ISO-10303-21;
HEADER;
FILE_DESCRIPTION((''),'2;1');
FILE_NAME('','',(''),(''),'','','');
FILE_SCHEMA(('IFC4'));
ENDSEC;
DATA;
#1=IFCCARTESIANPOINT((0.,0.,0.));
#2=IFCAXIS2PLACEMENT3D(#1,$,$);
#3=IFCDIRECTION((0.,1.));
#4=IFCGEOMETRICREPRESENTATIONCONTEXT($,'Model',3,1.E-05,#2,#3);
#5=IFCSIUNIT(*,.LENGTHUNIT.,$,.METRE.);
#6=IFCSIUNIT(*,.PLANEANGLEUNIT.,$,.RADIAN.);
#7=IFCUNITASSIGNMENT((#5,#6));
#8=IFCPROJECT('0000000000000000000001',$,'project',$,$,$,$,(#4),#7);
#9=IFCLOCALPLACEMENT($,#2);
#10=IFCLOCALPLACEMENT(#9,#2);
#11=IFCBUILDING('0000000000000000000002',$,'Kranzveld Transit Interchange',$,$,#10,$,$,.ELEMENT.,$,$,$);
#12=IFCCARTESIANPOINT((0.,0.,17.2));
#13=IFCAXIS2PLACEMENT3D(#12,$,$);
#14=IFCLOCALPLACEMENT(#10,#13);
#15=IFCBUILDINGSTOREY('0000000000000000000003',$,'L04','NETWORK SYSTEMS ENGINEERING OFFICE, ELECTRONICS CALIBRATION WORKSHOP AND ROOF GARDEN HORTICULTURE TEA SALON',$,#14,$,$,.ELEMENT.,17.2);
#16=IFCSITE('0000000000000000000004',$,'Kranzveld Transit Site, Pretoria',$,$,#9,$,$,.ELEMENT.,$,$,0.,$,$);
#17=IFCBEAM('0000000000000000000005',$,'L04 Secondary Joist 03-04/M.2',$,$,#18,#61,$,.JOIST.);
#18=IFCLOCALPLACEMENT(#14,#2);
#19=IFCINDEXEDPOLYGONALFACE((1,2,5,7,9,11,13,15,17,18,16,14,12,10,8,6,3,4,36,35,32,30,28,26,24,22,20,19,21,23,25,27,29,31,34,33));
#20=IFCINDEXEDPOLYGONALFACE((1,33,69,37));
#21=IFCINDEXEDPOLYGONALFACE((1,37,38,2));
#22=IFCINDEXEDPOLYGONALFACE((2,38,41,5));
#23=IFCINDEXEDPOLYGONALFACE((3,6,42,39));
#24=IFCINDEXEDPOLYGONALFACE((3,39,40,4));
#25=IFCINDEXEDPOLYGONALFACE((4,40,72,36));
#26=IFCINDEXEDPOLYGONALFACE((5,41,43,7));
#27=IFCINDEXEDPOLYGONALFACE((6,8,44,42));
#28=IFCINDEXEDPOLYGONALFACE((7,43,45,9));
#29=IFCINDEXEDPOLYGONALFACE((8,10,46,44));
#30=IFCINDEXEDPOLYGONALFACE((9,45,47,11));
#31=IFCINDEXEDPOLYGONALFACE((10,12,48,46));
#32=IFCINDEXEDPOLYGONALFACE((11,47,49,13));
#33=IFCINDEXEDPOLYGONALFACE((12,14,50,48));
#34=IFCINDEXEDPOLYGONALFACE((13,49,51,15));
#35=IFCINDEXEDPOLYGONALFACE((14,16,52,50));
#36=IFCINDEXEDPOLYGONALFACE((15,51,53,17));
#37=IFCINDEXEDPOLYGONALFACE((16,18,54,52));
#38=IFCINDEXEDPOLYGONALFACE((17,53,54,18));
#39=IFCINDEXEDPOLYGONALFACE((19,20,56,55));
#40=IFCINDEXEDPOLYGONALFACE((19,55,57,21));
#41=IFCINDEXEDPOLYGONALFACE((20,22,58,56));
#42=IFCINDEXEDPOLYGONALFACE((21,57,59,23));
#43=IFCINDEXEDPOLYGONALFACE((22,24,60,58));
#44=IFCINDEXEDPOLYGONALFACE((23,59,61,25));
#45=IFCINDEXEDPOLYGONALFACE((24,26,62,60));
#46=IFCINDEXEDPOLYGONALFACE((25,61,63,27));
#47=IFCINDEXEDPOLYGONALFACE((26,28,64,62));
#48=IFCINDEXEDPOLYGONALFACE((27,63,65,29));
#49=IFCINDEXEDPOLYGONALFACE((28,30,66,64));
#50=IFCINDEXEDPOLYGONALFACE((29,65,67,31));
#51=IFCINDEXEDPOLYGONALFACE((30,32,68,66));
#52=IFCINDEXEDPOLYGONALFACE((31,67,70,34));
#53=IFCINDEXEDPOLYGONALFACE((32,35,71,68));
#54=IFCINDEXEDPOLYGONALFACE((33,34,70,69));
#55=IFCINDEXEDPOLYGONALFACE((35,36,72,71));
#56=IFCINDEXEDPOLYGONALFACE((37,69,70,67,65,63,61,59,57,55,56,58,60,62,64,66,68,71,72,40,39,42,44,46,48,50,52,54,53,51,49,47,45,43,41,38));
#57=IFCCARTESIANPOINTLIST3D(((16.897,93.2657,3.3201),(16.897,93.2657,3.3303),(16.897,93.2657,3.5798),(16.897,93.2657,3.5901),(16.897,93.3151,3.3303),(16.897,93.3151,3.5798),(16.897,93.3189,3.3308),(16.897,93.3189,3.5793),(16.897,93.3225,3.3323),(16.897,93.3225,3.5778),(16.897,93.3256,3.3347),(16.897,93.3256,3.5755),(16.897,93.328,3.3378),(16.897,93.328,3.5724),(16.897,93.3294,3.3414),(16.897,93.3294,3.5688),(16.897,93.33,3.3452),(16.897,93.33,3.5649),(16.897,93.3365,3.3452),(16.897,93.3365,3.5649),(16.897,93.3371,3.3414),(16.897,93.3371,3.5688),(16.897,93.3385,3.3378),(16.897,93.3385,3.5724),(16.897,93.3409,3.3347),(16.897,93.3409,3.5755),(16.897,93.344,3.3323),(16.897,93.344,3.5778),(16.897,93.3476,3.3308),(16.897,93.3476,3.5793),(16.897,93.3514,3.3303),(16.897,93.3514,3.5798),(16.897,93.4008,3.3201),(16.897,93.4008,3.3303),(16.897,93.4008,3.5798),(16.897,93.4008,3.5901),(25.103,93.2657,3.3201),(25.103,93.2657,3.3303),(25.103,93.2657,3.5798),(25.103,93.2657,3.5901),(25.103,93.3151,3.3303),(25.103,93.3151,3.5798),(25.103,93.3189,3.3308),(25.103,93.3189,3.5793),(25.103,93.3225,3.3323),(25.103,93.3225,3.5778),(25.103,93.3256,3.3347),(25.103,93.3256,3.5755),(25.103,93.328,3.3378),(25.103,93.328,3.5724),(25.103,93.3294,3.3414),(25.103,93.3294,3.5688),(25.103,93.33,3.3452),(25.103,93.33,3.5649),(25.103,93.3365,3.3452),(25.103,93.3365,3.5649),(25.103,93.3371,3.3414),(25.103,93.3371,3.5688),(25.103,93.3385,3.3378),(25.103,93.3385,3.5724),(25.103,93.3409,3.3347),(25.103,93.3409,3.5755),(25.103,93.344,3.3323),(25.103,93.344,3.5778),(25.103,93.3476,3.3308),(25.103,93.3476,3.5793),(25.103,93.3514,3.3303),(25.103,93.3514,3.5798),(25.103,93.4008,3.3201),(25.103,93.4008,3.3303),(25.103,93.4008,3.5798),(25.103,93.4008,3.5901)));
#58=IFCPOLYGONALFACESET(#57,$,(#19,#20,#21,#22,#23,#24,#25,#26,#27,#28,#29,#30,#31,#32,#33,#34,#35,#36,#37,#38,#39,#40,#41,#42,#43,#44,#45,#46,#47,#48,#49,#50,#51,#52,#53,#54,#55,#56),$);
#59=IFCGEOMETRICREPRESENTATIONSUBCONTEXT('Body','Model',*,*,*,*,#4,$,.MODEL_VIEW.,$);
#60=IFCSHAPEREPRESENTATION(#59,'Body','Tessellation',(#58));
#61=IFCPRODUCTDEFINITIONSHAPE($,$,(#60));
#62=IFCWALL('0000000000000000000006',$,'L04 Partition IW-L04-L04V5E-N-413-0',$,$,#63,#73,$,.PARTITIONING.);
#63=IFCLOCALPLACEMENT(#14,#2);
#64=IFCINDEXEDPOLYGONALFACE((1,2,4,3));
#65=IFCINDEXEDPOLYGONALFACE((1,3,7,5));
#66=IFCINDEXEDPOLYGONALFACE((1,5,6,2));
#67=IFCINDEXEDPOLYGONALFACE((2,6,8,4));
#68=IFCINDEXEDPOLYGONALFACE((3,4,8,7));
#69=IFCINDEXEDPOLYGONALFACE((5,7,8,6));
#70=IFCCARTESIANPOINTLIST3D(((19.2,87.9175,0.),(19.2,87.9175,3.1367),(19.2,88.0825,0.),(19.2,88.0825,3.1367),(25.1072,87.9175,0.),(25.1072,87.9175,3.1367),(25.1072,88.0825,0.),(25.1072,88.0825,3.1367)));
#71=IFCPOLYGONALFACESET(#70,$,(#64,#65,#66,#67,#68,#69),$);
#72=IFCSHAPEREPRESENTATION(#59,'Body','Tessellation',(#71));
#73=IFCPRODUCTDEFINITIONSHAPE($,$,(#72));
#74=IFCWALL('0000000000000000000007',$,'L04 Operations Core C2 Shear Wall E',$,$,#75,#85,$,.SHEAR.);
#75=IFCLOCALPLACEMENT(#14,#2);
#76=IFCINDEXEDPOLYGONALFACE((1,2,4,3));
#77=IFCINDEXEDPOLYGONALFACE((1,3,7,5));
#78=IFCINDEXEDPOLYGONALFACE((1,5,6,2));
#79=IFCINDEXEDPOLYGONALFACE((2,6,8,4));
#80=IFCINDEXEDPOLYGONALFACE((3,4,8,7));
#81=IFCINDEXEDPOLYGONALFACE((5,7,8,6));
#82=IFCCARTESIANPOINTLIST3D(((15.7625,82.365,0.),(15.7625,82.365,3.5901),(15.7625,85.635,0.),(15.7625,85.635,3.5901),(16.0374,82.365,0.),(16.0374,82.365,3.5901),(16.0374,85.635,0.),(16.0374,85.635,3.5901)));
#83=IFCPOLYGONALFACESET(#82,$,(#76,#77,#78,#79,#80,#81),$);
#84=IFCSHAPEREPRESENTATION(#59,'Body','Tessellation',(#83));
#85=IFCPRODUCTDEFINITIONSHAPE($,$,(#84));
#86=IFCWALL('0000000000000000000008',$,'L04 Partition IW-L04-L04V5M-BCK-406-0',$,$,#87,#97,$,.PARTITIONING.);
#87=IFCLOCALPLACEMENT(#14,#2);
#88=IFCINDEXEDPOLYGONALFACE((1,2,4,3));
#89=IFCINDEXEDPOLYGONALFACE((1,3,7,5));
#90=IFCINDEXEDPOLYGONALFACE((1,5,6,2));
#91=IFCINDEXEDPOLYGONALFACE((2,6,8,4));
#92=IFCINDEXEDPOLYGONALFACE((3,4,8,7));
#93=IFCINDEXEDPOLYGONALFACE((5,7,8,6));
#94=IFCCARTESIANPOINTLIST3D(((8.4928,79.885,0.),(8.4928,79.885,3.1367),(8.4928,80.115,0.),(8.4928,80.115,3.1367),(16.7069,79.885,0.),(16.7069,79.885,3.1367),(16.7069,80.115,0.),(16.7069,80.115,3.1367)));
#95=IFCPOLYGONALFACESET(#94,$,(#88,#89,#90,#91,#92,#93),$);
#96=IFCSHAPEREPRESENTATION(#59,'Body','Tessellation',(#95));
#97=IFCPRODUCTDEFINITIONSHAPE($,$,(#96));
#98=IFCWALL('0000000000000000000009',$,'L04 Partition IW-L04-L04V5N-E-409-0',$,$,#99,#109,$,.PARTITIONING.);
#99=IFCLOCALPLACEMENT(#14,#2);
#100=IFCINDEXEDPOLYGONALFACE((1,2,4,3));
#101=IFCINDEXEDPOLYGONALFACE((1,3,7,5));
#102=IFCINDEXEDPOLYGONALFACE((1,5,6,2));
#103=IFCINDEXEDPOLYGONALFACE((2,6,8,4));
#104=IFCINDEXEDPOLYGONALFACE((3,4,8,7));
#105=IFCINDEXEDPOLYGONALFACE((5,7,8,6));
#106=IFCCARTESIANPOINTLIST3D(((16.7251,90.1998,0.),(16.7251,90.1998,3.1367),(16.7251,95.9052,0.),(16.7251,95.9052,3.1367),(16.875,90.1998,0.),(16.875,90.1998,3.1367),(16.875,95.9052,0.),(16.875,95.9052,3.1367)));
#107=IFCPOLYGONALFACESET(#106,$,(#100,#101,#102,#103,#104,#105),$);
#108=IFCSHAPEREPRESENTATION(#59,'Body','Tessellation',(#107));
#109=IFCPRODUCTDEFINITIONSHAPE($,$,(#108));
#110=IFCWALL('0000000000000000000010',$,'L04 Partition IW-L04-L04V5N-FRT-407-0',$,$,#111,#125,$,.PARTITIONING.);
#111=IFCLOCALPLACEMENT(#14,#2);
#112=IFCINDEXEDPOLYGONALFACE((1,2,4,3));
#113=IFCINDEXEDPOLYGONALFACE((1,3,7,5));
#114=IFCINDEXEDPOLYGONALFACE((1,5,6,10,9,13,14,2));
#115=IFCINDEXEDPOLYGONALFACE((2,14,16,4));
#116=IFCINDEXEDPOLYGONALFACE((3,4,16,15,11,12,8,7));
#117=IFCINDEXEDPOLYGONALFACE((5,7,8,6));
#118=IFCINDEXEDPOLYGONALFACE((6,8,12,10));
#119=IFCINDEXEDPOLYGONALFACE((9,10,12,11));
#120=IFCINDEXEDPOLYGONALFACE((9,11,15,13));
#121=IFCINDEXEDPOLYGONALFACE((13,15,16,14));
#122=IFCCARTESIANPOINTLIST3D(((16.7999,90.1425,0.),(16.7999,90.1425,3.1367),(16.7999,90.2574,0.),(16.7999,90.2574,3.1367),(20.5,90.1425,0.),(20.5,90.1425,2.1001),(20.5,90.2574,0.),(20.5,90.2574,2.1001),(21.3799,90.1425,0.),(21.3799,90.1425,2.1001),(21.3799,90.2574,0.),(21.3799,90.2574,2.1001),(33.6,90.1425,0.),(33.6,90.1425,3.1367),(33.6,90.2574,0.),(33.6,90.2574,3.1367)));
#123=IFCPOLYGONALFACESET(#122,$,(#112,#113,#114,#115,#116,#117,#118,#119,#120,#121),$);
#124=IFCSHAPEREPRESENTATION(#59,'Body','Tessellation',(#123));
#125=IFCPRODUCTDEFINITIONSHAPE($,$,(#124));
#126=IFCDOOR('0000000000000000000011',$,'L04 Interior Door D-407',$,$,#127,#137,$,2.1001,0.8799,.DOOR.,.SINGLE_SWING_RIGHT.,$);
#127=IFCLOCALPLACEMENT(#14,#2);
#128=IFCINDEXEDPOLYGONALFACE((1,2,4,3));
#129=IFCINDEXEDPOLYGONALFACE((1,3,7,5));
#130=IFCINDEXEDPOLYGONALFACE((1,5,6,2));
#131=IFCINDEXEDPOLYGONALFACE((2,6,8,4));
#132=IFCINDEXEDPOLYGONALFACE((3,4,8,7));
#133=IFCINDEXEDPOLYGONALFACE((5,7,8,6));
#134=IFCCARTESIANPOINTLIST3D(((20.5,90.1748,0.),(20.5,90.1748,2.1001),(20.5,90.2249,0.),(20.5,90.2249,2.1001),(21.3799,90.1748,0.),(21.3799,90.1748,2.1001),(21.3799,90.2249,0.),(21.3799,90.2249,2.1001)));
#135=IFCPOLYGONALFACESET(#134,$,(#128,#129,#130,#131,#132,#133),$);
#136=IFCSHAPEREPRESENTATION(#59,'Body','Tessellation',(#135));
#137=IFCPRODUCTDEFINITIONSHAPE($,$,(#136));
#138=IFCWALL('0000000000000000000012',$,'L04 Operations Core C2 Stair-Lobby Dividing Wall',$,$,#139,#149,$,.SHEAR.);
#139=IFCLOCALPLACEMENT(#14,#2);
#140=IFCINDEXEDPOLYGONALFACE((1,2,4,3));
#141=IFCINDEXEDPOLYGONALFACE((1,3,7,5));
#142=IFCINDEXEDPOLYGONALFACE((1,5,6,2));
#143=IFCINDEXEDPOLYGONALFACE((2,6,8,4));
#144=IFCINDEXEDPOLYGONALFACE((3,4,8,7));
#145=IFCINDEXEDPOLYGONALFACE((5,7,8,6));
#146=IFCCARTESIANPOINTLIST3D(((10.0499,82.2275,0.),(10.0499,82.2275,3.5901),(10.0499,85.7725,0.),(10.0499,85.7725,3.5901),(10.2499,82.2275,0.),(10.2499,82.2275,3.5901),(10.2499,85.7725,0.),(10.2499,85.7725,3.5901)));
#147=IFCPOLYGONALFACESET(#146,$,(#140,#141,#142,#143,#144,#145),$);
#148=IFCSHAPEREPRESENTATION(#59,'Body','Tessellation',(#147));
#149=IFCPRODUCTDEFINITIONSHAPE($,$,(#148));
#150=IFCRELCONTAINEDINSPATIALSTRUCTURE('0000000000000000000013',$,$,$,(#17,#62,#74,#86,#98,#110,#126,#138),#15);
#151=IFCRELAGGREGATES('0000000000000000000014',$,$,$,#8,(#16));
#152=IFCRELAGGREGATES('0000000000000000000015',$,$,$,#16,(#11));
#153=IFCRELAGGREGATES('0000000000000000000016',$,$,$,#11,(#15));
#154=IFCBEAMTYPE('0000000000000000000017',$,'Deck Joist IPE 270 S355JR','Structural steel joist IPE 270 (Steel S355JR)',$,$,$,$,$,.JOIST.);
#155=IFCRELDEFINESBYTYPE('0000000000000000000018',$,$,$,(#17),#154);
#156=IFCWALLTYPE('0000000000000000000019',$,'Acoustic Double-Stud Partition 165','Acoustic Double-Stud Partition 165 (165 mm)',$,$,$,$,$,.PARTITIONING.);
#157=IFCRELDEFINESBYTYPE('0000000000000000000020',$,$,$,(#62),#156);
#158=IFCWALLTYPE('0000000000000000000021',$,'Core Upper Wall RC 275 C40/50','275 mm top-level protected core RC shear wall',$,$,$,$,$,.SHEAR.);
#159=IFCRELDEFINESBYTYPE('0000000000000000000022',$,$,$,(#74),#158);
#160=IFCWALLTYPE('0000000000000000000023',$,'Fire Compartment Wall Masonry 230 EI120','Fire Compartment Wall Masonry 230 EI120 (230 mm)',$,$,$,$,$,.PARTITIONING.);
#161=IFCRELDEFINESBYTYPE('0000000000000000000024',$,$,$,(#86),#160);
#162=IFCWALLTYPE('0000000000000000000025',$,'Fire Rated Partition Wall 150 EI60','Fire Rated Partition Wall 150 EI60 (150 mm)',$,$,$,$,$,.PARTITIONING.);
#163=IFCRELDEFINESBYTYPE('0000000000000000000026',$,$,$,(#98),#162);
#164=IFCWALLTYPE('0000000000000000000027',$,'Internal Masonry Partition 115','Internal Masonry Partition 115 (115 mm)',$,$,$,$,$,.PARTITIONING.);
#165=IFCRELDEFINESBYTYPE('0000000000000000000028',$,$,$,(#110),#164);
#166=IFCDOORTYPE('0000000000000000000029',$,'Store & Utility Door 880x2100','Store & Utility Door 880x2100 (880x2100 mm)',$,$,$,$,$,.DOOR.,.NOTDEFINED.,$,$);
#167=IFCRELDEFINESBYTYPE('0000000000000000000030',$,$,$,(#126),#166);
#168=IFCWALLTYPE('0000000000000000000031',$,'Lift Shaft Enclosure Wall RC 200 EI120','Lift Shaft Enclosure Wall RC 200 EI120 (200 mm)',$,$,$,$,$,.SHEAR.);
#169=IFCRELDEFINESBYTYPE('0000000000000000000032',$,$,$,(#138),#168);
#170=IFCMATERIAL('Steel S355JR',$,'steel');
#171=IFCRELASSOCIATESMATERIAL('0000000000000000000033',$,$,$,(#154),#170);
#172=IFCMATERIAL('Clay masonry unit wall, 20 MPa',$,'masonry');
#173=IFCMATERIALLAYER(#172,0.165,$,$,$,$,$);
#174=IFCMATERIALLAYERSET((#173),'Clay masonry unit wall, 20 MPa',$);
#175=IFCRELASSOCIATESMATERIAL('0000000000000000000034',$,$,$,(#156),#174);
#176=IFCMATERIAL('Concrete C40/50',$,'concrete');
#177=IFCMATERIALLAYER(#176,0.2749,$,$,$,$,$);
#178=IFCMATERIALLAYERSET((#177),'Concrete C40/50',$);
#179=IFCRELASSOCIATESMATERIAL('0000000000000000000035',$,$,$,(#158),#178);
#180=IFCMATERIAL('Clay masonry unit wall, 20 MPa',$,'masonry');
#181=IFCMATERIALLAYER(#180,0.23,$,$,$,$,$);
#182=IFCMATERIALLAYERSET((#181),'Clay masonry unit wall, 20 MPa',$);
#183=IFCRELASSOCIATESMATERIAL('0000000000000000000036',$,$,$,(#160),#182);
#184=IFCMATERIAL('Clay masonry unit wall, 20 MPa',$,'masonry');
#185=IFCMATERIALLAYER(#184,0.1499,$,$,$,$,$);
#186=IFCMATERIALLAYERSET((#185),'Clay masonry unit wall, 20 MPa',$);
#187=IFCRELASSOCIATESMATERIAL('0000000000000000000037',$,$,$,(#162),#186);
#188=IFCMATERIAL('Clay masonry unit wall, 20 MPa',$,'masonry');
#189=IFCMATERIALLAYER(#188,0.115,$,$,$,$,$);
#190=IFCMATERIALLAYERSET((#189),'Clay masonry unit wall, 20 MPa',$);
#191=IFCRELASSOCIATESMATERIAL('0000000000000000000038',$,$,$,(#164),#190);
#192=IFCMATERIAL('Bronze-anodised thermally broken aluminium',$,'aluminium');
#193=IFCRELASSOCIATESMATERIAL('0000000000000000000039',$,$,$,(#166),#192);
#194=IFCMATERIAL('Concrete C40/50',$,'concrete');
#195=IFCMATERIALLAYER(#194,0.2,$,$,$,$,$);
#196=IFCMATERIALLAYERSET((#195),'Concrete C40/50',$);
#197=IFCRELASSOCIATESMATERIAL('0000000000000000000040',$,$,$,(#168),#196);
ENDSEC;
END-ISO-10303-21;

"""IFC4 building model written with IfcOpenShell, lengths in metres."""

from ifc_helpers import new_model, si_unit, direction, frame, frame_2d, origin, origin_2d, place, context, subcontext, project, spatial, rectangle, i_section, extrude, material, layer, layer_set, material_profile, profile_set, type_object, element, fill, save


model = new_model("IFC4")

# Units and contexts
model_context = context("Model", 3, precision=1e-05, world=origin(), true_north=direction((0.0, 1.0)))
body_context = subcontext(model_context, "Body", "Model", "MODEL_VIEW")
ifc_project = project(units=[si_unit("LENGTHUNIT", "METRE"), si_unit("PLANEANGLEUNIT", "RADIAN")], contexts=[model_context])

# Site, building, storey
site_placement = place(None, origin())
site = spatial("IfcSite", under=ifc_project, at=site_placement, Name="Kranzveld Transit Site, Pretoria", CompositionType="ELEMENT", RefElevation=0.0)
building_placement = place(site_placement, origin())
building = spatial("IfcBuilding", under=site, at=building_placement, Name="Kranzveld Transit Interchange", CompositionType="ELEMENT")
storey_placement = place(building_placement, frame((0.0, 0.0, 17.2)))
storey = spatial("IfcBuildingStorey", under=building, at=storey_placement, Name="L04", Description="NETWORK SYSTEMS ENGINEERING OFFICE, ELECTRONICS CALIBRATION WORKSHOP AND ROOF GARDEN HORTICULTURE TEA SALON", CompositionType="ELEMENT", Elevation=17.2)

# Beam
ifc_material_1 = material(Name="Steel S355JR", Category="steel")
ifc_material_profile_1 = material_profile(ifc_material_1, i_section(OverallWidth=0.135, OverallDepth=0.27, WebThickness=0.0066, FlangeThickness=0.0103, FilletRadius=0.0149, at=origin_2d()), Name="IPE 270")
ifc_profile_set_1 = profile_set([ifc_material_profile_1], Name="Steel S355JR")
beam_type_1 = type_object("IfcBeamType", Name="Deck Joist IPE 270 S355JR", Description="Structural steel joist IPE 270 (Steel S355JR)", PredefinedType="JOIST", material=ifc_profile_set_1)
for number, where, z_axis, x_axis, name in (
    (1, (16.897, 93.3333, 3.4551), (1.0, 0.0, 0.0), (0.0, 1.0, 0.0), "L04 Secondary Joist 03-04/M.2"),
):
    element("IfcBeam", number, at=place(storey_placement, frame(where, z_axis=z_axis, x_axis=x_axis)), inside=storey, type_object=beam_type_1, Name=name, PredefinedType="JOIST", context=body_context, shape_type="SweptSolid", body=[
        extrude(i_section(OverallWidth=0.135, OverallDepth=0.27, WebThickness=0.0066, FlangeThickness=0.0103, FilletRadius=0.0149, at=origin_2d()), origin(), (0.0, 0.0, 1.0), 8.2061),
    ])

# Walls
ifc_material_2 = material(Name="Clay masonry unit wall, 20 MPa", Category="masonry")
ifc_layer_1 = layer(ifc_material_2, 0.165)
ifc_layer_set_1 = layer_set([ifc_layer_1], Name="Clay masonry unit wall, 20 MPa")
wall_type_1 = type_object("IfcWallType", Name="Acoustic Double-Stud Partition 165", Description="Acoustic Double-Stud Partition 165 (165 mm)", PredefinedType="PARTITIONING", material=ifc_layer_set_1)
wall_1_placement = place(storey_placement, frame((19.2, 88.0, 0.0), z_axis=(0.0, 0.0, 1.0), x_axis=(1.0, 0.0, 0.0)))
element("IfcWall", 2, at=wall_1_placement, inside=storey, type_object=wall_type_1, Name="L04 Partition IW-L04-L04V5E-N-413-0", PredefinedType="PARTITIONING", context=body_context, shape_type="SweptSolid", body=[
    extrude(rectangle(XDim=5.9072, YDim=0.165, at=frame_2d((2.9536, 0.0))), origin(), (0.0, 0.0, 1.0), 3.1367),
])
ifc_material_3 = material(Name="Concrete C40/50", Category="concrete")
ifc_layer_2 = layer(ifc_material_3, 0.2749)
ifc_layer_set_2 = layer_set([ifc_layer_2], Name="Concrete C40/50")
wall_type_2 = type_object("IfcWallType", Name="Core Upper Wall RC 275 C40/50", Description="275 mm top-level protected core RC shear wall", PredefinedType="SHEAR", material=ifc_layer_set_2)
wall_2_placement = place(storey_placement, frame((15.8999, 82.365, 0.0), z_axis=(0.0, 0.0, 1.0), x_axis=(0.0, 1.0, 0.0)))
element("IfcWall", 3, at=wall_2_placement, inside=storey, type_object=wall_type_2, Name="L04 Operations Core C2 Shear Wall E", PredefinedType="SHEAR", context=body_context, shape_type="SweptSolid", body=[
    extrude(rectangle(XDim=3.27, YDim=0.2749, at=frame_2d((1.635, 0.0))), origin(), (0.0, 0.0, 1.0), 3.5901),
])
ifc_material_4 = material(Name="Clay masonry unit wall, 20 MPa", Category="masonry")
ifc_layer_3 = layer(ifc_material_4, 0.23)
ifc_layer_set_3 = layer_set([ifc_layer_3], Name="Clay masonry unit wall, 20 MPa")
wall_type_3 = type_object("IfcWallType", Name="Fire Compartment Wall Masonry 230 EI120", Description="Fire Compartment Wall Masonry 230 EI120 (230 mm)", PredefinedType="PARTITIONING", material=ifc_layer_set_3)
wall_3_placement = place(storey_placement, frame((8.4929, 80.0, 0.0), z_axis=(0.0, 0.0, 1.0), x_axis=(1.0, 0.0, 0.0)))
element("IfcWall", 4, at=wall_3_placement, inside=storey, type_object=wall_type_3, Name="L04 Partition IW-L04-L04V5M-BCK-406-0", PredefinedType="PARTITIONING", context=body_context, shape_type="SweptSolid", body=[
    extrude(rectangle(XDim=8.2141, YDim=0.23, at=frame_2d((4.1069, 0.0))), origin(), (0.0, 0.0, 1.0), 3.1367),
])
ifc_material_5 = material(Name="Clay masonry unit wall, 20 MPa", Category="masonry")
ifc_layer_4 = layer(ifc_material_5, 0.1499)
ifc_layer_set_4 = layer_set([ifc_layer_4], Name="Clay masonry unit wall, 20 MPa")
wall_type_4 = type_object("IfcWallType", Name="Fire Rated Partition Wall 150 EI60", Description="Fire Rated Partition Wall 150 EI60 (150 mm)", PredefinedType="PARTITIONING", material=ifc_layer_set_4)
wall_4_placement = place(storey_placement, frame((16.8, 90.2, 0.0), z_axis=(0.0, 0.0, 1.0), x_axis=(0.0, 1.0, 0.0)))
element("IfcWall", 5, at=wall_4_placement, inside=storey, type_object=wall_type_4, Name="L04 Partition IW-L04-L04V5N-E-409-0", PredefinedType="PARTITIONING", context=body_context, shape_type="SweptSolid", body=[
    extrude(rectangle(XDim=5.7053, YDim=0.1499, at=frame_2d((2.8525, 0.0))), origin(), (0.0, 0.0, 1.0), 3.1367),
])

# Wall, opening, door
ifc_material_6 = material(Name="Clay masonry unit wall, 20 MPa", Category="masonry")
ifc_layer_5 = layer(ifc_material_6, 0.115)
ifc_layer_set_5 = layer_set([ifc_layer_5], Name="Clay masonry unit wall, 20 MPa")
wall_type_5 = type_object("IfcWallType", Name="Internal Masonry Partition 115", Description="Internal Masonry Partition 115 (115 mm)", PredefinedType="PARTITIONING", material=ifc_layer_set_5)
wall_5_placement = place(storey_placement, frame((16.8, 90.2, 0.0), z_axis=(0.0, 0.0, 1.0), x_axis=(1.0, 0.0, 0.0)))
wall_5 = element("IfcWall", 6, at=wall_5_placement, inside=storey, type_object=wall_type_5, Name="L04 Partition IW-L04-L04V5N-FRT-407-0", PredefinedType="PARTITIONING", context=body_context, shape_type="SweptSolid", body=[
    extrude(rectangle(XDim=16.8, YDim=0.115, at=frame_2d((8.3999, 0.0))), origin(), (0.0, 0.0, 1.0), 3.1367),
])
opening_1_placement = place(wall_5_placement, frame((3.7, 0.0, 0.0), z_axis=(0.0, 0.0, 1.0), x_axis=(1.0, 0.0, 0.0)))
opening_1 = element("IfcOpeningElement", 7, at=opening_1_placement, cuts=wall_5, PredefinedType="OPENING", context=body_context, shape_type="SweptSolid", body=[
    extrude(rectangle(XDim=0.8799, YDim=2.1001, at=frame_2d((0.4399, 1.05))), frame((0.0, 0.0674, 0.0), z_axis=(0.0, -1.0, 0.0), x_axis=(1.0, 0.0, 0.0)), (0.0, 0.0, 1.0), 0.135),
])
ifc_material_7 = material(Name="Bronze-anodised thermally broken aluminium", Category="aluminium")
door_type_1 = type_object("IfcDoorType", Name="Store & Utility Door 880x2100", Description="Store & Utility Door 880x2100 (880x2100 mm)", OperationType="NOTDEFINED", PredefinedType="DOOR", material=ifc_material_7)
door_1_placement = place(opening_1_placement, origin())
door_1 = element("IfcDoor", 8, at=door_1_placement, inside=storey, type_object=door_type_1, Name="L04 Interior Door D-407", OperationType="SINGLE_SWING_RIGHT", OverallHeight=2.1001, OverallWidth=0.8799, PredefinedType="DOOR", context=body_context, shape_type="SweptSolid", body=[
    extrude(rectangle(XDim=0.8799, YDim=2.1001, at=frame_2d((0.4399, 1.05))), frame((0.0, 0.0249, 0.0), z_axis=(0.0, -1.0, 0.0), x_axis=(1.0, 0.0, 0.0)), (0.0, 0.0, 1.0), 0.05),
])
fill(opening_1, door_1)

# Wall
ifc_material_8 = material(Name="Concrete C40/50", Category="concrete")
ifc_layer_6 = layer(ifc_material_8, 0.2)
ifc_layer_set_6 = layer_set([ifc_layer_6], Name="Concrete C40/50")
wall_type_6 = type_object("IfcWallType", Name="Lift Shaft Enclosure Wall RC 200 EI120", Description="Lift Shaft Enclosure Wall RC 200 EI120 (200 mm)", PredefinedType="SHEAR", material=ifc_layer_set_6)
wall_6_placement = place(storey_placement, frame((10.1499, 82.2275, 0.0), z_axis=(0.0, 0.0, 1.0), x_axis=(0.0, 1.0, 0.0)))
element("IfcWall", 9, at=wall_6_placement, inside=storey, type_object=wall_type_6, Name="L04 Operations Core C2 Stair-Lobby Dividing Wall", PredefinedType="SHEAR", context=body_context, shape_type="SweptSolid", body=[
    extrude(rectangle(XDim=3.5449, YDim=0.2, at=frame_2d((1.7725, 0.0))), origin(), (0.0, 0.0, 1.0), 3.5901),
])

save(model, "model.ifc")
